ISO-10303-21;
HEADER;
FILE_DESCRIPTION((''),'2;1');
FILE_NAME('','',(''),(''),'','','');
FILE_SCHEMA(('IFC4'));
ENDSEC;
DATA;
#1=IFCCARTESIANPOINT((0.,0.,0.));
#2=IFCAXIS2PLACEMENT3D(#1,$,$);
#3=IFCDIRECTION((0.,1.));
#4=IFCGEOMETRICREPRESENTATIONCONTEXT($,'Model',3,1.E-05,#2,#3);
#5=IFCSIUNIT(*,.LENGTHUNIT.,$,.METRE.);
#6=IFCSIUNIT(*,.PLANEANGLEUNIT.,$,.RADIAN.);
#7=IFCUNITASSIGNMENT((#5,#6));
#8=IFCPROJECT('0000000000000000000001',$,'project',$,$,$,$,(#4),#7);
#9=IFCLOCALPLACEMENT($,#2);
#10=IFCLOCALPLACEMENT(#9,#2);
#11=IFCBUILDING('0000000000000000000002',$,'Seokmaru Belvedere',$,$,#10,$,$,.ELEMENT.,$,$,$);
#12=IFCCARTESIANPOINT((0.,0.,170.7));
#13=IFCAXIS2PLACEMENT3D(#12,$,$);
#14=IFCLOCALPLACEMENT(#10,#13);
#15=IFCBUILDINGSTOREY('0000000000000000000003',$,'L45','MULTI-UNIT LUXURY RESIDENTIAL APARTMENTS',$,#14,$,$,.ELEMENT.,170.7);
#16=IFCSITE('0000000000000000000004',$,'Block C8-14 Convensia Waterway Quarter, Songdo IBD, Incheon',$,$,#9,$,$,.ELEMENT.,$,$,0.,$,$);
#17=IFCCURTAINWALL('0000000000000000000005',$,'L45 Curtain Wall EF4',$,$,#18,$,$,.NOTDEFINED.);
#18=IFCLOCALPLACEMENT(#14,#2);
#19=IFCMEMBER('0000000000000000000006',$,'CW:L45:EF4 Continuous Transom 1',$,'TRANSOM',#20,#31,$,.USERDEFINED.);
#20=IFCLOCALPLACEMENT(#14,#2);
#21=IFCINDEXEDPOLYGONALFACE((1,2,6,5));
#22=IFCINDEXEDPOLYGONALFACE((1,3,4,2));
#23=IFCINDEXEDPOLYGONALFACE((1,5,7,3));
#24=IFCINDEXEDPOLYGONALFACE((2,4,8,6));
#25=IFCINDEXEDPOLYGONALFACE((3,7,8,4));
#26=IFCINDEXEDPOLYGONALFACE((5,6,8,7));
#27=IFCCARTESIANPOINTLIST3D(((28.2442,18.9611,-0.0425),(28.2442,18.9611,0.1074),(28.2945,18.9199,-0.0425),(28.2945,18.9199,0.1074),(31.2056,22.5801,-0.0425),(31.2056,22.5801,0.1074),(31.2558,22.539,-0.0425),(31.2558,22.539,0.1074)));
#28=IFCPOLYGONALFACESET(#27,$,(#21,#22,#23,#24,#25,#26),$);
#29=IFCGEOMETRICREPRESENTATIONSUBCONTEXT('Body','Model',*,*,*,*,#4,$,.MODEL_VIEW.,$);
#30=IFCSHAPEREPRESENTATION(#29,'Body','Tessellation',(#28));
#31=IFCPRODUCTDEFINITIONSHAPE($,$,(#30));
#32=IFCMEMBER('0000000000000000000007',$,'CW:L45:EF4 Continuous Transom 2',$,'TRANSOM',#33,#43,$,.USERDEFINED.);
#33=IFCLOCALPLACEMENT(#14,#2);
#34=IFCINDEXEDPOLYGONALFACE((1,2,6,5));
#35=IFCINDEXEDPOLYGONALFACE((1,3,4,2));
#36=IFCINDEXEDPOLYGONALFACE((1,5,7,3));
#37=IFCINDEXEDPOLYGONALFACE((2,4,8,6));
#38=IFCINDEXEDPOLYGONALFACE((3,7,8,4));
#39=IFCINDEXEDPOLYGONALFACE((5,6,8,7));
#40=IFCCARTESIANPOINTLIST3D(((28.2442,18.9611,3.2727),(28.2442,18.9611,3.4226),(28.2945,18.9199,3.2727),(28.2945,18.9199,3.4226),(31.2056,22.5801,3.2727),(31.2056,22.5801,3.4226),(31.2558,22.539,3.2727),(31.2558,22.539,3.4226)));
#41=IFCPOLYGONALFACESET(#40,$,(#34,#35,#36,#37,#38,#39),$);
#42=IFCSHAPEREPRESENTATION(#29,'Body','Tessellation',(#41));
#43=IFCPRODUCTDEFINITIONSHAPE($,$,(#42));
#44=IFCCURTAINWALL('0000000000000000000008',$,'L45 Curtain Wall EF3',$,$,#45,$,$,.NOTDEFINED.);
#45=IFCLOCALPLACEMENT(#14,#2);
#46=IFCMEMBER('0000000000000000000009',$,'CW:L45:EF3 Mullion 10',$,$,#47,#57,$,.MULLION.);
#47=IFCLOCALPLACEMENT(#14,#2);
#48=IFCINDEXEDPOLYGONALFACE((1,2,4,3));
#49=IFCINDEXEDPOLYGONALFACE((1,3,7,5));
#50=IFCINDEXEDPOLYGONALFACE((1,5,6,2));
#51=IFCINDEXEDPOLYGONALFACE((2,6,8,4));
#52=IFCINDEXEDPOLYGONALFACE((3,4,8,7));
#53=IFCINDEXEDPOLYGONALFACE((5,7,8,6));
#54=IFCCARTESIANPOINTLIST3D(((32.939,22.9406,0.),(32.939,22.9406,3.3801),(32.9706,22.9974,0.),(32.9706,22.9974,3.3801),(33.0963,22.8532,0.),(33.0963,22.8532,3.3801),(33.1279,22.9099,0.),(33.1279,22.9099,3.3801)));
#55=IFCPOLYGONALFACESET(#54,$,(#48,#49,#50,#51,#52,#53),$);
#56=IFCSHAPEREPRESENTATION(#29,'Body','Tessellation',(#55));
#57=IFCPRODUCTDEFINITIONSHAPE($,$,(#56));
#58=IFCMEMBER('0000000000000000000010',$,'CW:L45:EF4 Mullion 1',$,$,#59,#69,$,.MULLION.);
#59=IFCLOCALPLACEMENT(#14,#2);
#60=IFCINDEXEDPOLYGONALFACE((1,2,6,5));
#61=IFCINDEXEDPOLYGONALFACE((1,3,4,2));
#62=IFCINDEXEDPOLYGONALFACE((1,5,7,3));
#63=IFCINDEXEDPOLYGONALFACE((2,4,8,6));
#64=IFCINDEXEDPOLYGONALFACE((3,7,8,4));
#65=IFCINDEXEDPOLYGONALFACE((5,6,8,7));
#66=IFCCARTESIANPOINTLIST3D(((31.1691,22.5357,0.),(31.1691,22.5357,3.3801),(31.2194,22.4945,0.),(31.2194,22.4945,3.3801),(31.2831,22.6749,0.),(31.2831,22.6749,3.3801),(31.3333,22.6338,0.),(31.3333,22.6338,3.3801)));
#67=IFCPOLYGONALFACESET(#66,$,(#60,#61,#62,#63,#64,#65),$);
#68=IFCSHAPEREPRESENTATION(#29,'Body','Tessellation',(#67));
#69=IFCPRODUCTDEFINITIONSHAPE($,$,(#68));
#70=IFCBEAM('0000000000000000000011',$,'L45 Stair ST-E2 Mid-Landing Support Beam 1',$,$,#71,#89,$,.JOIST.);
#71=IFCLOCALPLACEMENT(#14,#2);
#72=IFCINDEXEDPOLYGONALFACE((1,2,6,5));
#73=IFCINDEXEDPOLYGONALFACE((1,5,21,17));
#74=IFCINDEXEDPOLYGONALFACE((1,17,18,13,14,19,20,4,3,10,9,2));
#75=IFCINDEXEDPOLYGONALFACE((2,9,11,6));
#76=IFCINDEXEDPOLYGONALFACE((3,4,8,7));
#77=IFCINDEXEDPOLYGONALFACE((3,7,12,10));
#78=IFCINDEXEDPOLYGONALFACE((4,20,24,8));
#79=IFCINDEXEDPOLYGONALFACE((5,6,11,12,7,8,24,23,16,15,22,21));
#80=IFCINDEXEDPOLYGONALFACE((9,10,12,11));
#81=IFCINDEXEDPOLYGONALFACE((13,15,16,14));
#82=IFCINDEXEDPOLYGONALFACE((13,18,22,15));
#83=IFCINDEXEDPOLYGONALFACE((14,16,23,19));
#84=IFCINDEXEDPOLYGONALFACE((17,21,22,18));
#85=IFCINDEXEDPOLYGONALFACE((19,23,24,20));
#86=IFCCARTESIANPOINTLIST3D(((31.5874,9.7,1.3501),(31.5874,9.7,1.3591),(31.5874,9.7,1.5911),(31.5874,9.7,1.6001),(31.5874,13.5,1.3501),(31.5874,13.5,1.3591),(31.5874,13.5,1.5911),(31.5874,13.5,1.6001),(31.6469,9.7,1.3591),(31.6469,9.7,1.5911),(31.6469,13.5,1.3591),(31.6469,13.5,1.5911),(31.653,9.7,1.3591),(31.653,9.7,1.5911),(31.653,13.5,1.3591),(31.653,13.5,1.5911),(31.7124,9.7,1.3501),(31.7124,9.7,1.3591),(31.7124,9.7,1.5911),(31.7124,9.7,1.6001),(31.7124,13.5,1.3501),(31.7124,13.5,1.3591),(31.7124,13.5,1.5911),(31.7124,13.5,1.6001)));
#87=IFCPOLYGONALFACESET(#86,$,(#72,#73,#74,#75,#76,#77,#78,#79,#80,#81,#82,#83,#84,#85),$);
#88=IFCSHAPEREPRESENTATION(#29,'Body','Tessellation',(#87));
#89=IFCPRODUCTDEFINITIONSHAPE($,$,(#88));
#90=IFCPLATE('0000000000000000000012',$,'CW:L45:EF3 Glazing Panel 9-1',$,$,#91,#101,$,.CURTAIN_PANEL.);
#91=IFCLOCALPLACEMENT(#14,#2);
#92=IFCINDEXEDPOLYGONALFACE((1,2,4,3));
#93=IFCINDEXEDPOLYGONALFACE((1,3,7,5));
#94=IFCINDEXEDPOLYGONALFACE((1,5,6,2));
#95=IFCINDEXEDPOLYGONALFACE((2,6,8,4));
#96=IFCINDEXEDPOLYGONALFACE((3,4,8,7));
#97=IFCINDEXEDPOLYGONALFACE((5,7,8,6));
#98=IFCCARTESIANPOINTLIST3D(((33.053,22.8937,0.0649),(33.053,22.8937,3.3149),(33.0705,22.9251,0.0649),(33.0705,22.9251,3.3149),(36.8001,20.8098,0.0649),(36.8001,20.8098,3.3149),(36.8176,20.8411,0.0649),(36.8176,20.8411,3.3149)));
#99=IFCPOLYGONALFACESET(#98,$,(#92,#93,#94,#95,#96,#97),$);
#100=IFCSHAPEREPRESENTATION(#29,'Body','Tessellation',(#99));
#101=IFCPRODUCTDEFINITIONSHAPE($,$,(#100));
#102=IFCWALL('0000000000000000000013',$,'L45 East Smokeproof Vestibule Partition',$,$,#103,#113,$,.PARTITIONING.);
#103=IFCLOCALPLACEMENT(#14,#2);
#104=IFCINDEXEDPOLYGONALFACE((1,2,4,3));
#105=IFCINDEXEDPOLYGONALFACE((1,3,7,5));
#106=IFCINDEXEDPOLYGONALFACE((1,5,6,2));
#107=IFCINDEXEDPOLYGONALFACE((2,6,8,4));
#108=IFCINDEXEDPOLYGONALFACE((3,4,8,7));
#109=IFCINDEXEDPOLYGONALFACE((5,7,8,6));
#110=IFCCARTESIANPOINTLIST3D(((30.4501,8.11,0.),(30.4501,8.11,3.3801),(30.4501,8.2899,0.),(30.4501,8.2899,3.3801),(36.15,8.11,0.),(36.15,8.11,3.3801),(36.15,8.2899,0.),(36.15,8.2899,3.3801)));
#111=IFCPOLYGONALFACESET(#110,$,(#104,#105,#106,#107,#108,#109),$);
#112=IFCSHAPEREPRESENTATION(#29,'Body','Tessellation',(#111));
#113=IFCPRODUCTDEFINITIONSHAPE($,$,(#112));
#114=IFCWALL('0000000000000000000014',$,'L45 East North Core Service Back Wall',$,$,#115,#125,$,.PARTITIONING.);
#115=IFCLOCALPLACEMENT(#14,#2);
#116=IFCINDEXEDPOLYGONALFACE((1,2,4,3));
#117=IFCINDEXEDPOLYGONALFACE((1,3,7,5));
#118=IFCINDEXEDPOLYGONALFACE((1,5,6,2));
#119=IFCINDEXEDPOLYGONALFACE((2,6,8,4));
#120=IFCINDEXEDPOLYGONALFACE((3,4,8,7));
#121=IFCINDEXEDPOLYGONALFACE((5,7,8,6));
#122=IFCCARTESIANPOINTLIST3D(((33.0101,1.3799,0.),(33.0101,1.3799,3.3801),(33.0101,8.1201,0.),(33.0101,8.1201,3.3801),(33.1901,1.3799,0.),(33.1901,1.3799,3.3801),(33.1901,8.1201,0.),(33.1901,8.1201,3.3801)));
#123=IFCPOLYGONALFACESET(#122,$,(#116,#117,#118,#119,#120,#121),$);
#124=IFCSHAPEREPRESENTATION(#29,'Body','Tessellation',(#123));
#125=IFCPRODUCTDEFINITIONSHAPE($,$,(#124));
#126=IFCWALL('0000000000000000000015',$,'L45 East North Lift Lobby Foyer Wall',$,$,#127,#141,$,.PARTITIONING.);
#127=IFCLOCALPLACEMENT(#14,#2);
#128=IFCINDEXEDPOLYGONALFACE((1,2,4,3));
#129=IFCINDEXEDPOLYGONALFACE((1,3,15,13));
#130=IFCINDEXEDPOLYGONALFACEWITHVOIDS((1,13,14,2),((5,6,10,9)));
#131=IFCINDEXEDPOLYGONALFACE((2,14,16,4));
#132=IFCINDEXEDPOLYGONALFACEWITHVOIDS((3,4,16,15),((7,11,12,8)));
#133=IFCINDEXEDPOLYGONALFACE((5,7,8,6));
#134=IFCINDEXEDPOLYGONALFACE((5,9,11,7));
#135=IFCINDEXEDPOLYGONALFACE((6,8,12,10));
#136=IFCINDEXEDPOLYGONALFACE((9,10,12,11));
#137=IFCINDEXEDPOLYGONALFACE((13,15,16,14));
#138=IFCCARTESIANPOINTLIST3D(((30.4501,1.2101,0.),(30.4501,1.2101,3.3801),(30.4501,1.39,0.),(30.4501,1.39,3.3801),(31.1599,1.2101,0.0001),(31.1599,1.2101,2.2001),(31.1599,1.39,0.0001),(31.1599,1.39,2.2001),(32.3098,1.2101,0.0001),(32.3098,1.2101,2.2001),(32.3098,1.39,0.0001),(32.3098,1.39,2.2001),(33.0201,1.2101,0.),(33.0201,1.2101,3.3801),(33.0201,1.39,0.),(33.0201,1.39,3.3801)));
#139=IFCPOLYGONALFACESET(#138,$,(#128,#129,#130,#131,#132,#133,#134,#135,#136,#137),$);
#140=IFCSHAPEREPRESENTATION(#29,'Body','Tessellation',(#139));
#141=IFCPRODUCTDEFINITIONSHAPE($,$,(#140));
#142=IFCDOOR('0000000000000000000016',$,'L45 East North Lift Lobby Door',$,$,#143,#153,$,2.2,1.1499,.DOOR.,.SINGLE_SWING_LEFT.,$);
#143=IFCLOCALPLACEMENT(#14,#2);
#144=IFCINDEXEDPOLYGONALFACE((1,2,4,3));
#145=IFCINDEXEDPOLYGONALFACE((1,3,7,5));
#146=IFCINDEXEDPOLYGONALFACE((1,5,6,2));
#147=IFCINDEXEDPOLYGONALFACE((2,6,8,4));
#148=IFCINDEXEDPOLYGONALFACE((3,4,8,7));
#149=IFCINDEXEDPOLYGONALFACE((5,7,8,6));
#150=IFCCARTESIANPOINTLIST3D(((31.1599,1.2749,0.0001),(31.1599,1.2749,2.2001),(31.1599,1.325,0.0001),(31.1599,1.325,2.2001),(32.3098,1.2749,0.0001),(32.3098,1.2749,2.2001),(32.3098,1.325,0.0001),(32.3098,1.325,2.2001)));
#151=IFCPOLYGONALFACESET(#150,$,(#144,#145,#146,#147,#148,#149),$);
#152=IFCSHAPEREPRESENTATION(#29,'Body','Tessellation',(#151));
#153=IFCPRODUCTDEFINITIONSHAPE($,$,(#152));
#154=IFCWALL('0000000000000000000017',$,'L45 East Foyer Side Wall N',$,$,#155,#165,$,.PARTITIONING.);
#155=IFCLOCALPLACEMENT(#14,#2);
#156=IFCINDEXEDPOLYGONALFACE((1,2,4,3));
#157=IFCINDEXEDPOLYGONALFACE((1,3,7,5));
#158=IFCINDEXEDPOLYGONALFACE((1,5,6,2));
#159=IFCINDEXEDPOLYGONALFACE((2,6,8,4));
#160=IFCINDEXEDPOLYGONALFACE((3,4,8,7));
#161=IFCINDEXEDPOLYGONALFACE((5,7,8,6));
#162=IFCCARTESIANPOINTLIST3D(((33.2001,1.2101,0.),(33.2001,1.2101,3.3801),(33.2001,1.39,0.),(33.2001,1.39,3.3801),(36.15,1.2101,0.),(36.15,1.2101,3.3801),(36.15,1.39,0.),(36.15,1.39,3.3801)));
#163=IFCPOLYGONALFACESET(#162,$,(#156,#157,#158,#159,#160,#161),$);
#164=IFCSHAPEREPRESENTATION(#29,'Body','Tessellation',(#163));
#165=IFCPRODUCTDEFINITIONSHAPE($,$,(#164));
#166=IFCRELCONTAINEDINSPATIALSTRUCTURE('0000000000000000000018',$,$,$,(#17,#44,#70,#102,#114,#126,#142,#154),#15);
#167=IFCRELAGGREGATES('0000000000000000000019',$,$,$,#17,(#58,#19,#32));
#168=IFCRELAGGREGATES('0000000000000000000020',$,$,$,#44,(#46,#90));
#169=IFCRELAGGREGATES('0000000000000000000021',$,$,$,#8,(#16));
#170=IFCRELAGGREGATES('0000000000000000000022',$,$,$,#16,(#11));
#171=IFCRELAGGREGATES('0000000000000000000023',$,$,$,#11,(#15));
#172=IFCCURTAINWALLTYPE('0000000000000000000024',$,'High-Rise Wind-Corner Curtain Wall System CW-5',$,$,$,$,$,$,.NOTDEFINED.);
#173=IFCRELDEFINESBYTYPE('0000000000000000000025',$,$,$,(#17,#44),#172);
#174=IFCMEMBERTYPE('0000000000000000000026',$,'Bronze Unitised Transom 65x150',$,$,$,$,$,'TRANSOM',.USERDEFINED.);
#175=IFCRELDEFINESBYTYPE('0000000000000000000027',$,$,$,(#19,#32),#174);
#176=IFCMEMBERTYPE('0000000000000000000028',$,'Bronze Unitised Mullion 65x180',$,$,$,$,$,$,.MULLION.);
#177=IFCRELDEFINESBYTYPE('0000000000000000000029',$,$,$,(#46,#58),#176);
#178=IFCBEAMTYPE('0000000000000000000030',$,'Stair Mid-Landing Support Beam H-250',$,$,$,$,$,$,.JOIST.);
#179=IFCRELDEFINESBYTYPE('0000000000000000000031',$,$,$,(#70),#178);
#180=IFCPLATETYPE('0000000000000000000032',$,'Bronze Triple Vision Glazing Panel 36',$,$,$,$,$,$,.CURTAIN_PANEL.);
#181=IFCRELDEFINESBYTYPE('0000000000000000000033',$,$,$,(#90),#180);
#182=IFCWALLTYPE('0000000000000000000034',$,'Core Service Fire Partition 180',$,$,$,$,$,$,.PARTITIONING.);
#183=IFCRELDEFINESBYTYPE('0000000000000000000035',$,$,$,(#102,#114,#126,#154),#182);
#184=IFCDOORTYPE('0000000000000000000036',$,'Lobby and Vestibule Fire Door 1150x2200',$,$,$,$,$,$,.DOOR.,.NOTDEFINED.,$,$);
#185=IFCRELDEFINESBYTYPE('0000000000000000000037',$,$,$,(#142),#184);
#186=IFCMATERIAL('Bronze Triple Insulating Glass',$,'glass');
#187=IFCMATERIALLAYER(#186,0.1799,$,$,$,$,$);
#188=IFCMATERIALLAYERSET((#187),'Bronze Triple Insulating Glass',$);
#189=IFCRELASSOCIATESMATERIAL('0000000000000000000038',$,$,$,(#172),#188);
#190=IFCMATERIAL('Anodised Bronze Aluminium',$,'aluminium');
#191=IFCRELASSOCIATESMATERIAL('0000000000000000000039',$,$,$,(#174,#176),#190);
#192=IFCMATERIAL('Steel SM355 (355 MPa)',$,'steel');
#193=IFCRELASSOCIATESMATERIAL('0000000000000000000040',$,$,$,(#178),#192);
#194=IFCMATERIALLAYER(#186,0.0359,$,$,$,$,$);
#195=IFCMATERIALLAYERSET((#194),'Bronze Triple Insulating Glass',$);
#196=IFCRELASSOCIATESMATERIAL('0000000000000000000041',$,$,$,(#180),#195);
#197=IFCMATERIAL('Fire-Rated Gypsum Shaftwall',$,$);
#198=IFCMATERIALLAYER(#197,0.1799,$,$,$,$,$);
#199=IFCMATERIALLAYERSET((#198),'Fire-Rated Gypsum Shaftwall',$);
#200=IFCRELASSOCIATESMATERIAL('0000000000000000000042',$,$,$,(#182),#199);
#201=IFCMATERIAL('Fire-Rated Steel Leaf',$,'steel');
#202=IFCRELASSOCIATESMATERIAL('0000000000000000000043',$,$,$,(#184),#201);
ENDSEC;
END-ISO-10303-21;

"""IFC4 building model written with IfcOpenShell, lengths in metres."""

from ifc_helpers import new_model, si_unit, direction, frame, frame_2d, origin, origin_2d, place, context, subcontext, project, spatial, rectangle, i_section, extrude, source, transform, mapped, material, layer, layer_set, material_profile, profile_set, type_object, type_shapes, element, fill, aggregate, save


model = new_model("IFC4")

# Units and contexts
model_context = context("Model", 3, precision=1e-05, world=origin(), true_north=direction((0.0, 1.0)))
body_context = subcontext(model_context, "Body", "Model", "MODEL_VIEW")
ifc_project = project(units=[si_unit("LENGTHUNIT", "METRE"), si_unit("PLANEANGLEUNIT", "RADIAN")], contexts=[model_context])

# Site, building, storey
site_placement = place(None, origin())
site = spatial("IfcSite", under=ifc_project, at=site_placement, Name="Block C8-14 Convensia Waterway Quarter, Songdo IBD, Incheon", CompositionType="ELEMENT", RefElevation=0.0)
building_placement = place(site_placement, origin())
building = spatial("IfcBuilding", under=site, at=building_placement, Name="Seokmaru Belvedere", CompositionType="ELEMENT")
storey_placement = place(building_placement, frame((0.0, 0.0, 170.7)))
storey = spatial("IfcBuildingStorey", under=building, at=storey_placement, Name="L45", Description="MULTI-UNIT LUXURY RESIDENTIAL APARTMENTS", CompositionType="ELEMENT", Elevation=170.7)

# Shared definitions
ifc_material_1 = material(Name="Steel SM355 (355 MPa)", Category="steel")

# Curtain wall, members
ifc_material_2 = material(Name="Bronze Triple Insulating Glass", Category="glass")
ifc_layer_1 = layer(ifc_material_2, 0.1799)
ifc_layer_set_1 = layer_set([ifc_layer_1], Name="Bronze Triple Insulating Glass")
curtain_wall_type = type_object("IfcCurtainWallType", Name="High-Rise Wind-Corner Curtain Wall System CW-5", PredefinedType="NOTDEFINED", material=ifc_layer_set_1)
curtain_wall_1_placement = place(storey_placement, origin())
curtain_wall_1 = element("IfcCurtainWall", 1, at=curtain_wall_1_placement, inside=storey, type_object=curtain_wall_type, Name="L45 Curtain Wall EF4", PredefinedType="NOTDEFINED")
ifc_material_3 = material(Name="Anodised Bronze Aluminium", Category="aluminium")
ifc_material_profile_1 = material_profile(ifc_material_3, rectangle(XDim=0.0649, YDim=0.1499, at=origin_2d()), Name="CW-T-65x150")
ifc_profile_set_1 = profile_set([ifc_material_profile_1], Name="Anodised Bronze Aluminium")
member_type_1 = type_object("IfcMemberType", Name="Bronze Unitised Transom 65x150", ElementType="TRANSOM", PredefinedType="USERDEFINED", material=ifc_profile_set_1)
shared_shape_1 = source(origin(), body_context, "Body", "SweptSolid", [
    extrude(rectangle(XDim=0.0649, YDim=0.1499, at=origin_2d()), origin(), (0.0, 0.0, 1.0), 4.6763),
])
type_shapes(member_type_1, [shared_shape_1])
member_1_placement = place(storey_placement, frame((31.2307, 22.5596, 0.0325), z_axis=(-0.633278, -0.773925, 0.0), x_axis=(0.773925, -0.633278, 0.0)))
member_1 = element("IfcMember", 2, at=member_1_placement, type_object=member_type_1, Name="CW:L45:EF4 Continuous Transom 1", ObjectType="TRANSOM", PredefinedType="USERDEFINED", context=body_context, shape_type="MappedRepresentation", body=[
    mapped(shared_shape_1, transform((0.0, 0.0, 0.0), scale=1.0)),
])
member_2_placement = place(storey_placement, frame((31.2307, 22.5596, 3.3477), z_axis=(-0.633278, -0.773925, 0.0), x_axis=(0.773925, -0.633278, 0.0)))
member_2 = element("IfcMember", 3, at=member_2_placement, type_object=member_type_1, Name="CW:L45:EF4 Continuous Transom 2", ObjectType="TRANSOM", PredefinedType="USERDEFINED", context=body_context, shape_type="MappedRepresentation", body=[
    mapped(shared_shape_1, transform((0.0, 0.0, 0.0), scale=1.0)),
])

# Curtain wall, member
curtain_wall_2_placement = place(storey_placement, origin())
curtain_wall_2 = element("IfcCurtainWall", 4, at=curtain_wall_2_placement, inside=storey, type_object=curtain_wall_type, Name="L45 Curtain Wall EF3", PredefinedType="NOTDEFINED")
ifc_material_profile_2 = material_profile(ifc_material_3, rectangle(XDim=0.0649, YDim=0.1799, at=origin_2d()), Name="CW-M-65x180")
ifc_profile_set_2 = profile_set([ifc_material_profile_2], Name="Anodised Bronze Aluminium")
member_type_2 = type_object("IfcMemberType", Name="Bronze Unitised Mullion 65x180", PredefinedType="MULLION", material=ifc_profile_set_2)
shared_shape_2 = source(origin(), body_context, "Body", "SweptSolid", [
    extrude(rectangle(XDim=0.0649, YDim=0.1799, at=origin_2d()), origin(), (0.0, 0.0, 1.0), 3.3801),
])
type_shapes(member_type_2, [shared_shape_2])
member_3_placement = place(storey_placement, frame((33.0334, 22.9253, 0.0), z_axis=(0.0, 0.0, 1.0), x_axis=(-0.486047, -0.873933, 0.0)))
member_3 = element("IfcMember", 5, at=member_3_placement, type_object=member_type_2, Name="CW:L45:EF3 Mullion 10", PredefinedType="MULLION", context=body_context, shape_type="MappedRepresentation", body=[
    mapped(shared_shape_2, transform((0.0, 0.0, 0.0), scale=1.0)),
])

# Member
member_4_placement = place(storey_placement, frame((31.2512, 22.5847, 0.0), z_axis=(0.0, 0.0, 1.0), x_axis=(0.773944, -0.633254, 0.0)))
member_4 = element("IfcMember", 6, at=member_4_placement, type_object=member_type_2, Name="CW:L45:EF4 Mullion 1", PredefinedType="MULLION", context=body_context, shape_type="MappedRepresentation", body=[
    mapped(shared_shape_2, transform((0.0, 0.0, 0.0), scale=1.0)),
])
aggregate(curtain_wall_1, [member_4, member_1, member_2])

# Beam
ifc_material_profile_3 = material_profile(ifc_material_1, i_section(OverallWidth=0.125, OverallDepth=0.25, WebThickness=0.0061, FlangeThickness=0.009, at=origin_2d()), Name="H-250x125x6x9")
ifc_profile_set_3 = profile_set([ifc_material_profile_3], Name="Steel SM355 (355 MPa)")
beam_type_1 = type_object("IfcBeamType", Name="Stair Mid-Landing Support Beam H-250", PredefinedType="JOIST", material=ifc_profile_set_3)
shared_shape_3 = source(origin(), body_context, "Body", "SweptSolid", [
    extrude(i_section(OverallWidth=0.125, OverallDepth=0.25, WebThickness=0.0061, FlangeThickness=0.009, at=origin_2d()), origin(), (0.0, 0.0, 1.0), 3.8),
])
type_shapes(beam_type_1, [shared_shape_3])
beam_1_placement = place(storey_placement, frame((31.6499, 9.7, 1.4751), z_axis=(0.0, 1.0, 0.0), x_axis=(-1.0, 0.0, 0.0)))
element("IfcBeam", 7, at=beam_1_placement, inside=storey, type_object=beam_type_1, Name="L45 Stair ST-E2 Mid-Landing Support Beam 1", PredefinedType="JOIST", context=body_context, shape_type="MappedRepresentation", body=[
    mapped(shared_shape_3, transform((0.0, 0.0, 0.0), scale=1.0)),
])

# Plate
ifc_layer_2 = layer(ifc_material_2, 0.0359)
ifc_layer_set_2 = layer_set([ifc_layer_2], Name="Bronze Triple Insulating Glass")
plate_type = type_object("IfcPlateType", Name="Bronze Triple Vision Glazing Panel 36", PredefinedType="CURTAIN_PANEL", material=ifc_layer_set_2)
shared_shape_4 = source(origin(), body_context, "Body", "SweptSolid", [
    extrude(rectangle(XDim=4.2876, YDim=0.0359, at=origin_2d()), origin(), (0.0, 0.0, 1.0), 3.25),
])
type_shapes(plate_type, [shared_shape_4])
plate_placement = place(storey_placement, frame((34.9353, 21.8674, 0.0649), z_axis=(0.0, 0.0, 1.0), x_axis=(-0.873933, 0.486047, 0.0)))
plate = element("IfcPlate", 8, at=plate_placement, type_object=plate_type, Name="CW:L45:EF3 Glazing Panel 9-1", PredefinedType="CURTAIN_PANEL", context=body_context, shape_type="MappedRepresentation", body=[
    mapped(shared_shape_4, transform((0.0, 0.0, 0.0), scale=1.0)),
])
aggregate(curtain_wall_2, [member_3, plate])

# Walls
ifc_material_4 = material(Name="Fire-Rated Gypsum Shaftwall")
ifc_layer_3 = layer(ifc_material_4, 0.1799)
ifc_layer_set_3 = layer_set([ifc_layer_3], Name="Fire-Rated Gypsum Shaftwall")
wall_type_1 = type_object("IfcWallType", Name="Core Service Fire Partition 180", PredefinedType="PARTITIONING", material=ifc_layer_set_3)
wall_1_placement = place(storey_placement, frame((30.45, 8.2, 0.0), z_axis=(0.0, 0.0, 1.0), x_axis=(1.0, 0.0, 0.0)))
element("IfcWall", 9, at=wall_1_placement, inside=storey, type_object=wall_type_1, Name="L45 East Smokeproof Vestibule Partition", PredefinedType="PARTITIONING", context=body_context, shape_type="SweptSolid", body=[
    extrude(rectangle(XDim=5.7, YDim=0.1799, at=frame_2d((2.8501, 0.0))), origin(), (0.0, 0.0, 1.0), 3.3801),
])
wall_2_placement = place(storey_placement, frame((33.1001, 1.3799, 0.0), z_axis=(0.0, 0.0, 1.0), x_axis=(0.0, 1.0, 0.0)))
element("IfcWall", 10, at=wall_2_placement, inside=storey, type_object=wall_type_1, Name="L45 East North Core Service Back Wall", PredefinedType="PARTITIONING", context=body_context, shape_type="SweptSolid", body=[
    extrude(rectangle(XDim=6.7402, YDim=0.1799, at=frame_2d((3.3701, 0.0))), origin(), (0.0, 0.0, 1.0), 3.3801),
])

# Wall, opening, door
wall_3_placement = place(storey_placement, frame((30.45, 1.3, 0.0), z_axis=(0.0, 0.0, 1.0), x_axis=(1.0, 0.0, 0.0)))
wall_3 = element("IfcWall", 11, at=wall_3_placement, inside=storey, type_object=wall_type_1, Name="L45 East North Lift Lobby Foyer Wall", PredefinedType="PARTITIONING", context=body_context, shape_type="SweptSolid", body=[
    extrude(rectangle(XDim=2.5701, YDim=0.1799, at=frame_2d((1.2852, 0.0))), origin(), (0.0, 0.0, 1.0), 3.3801),
])
opening_1_placement = place(wall_3_placement, frame((0.71, 0.0, 0.0)))
opening_1 = element("IfcOpeningElement", 12, at=opening_1_placement, cuts=wall_3, PredefinedType="OPENING", context=body_context, shape_type="SweptSolid", body=[
    extrude(rectangle(XDim=1.1499, YDim=2.2, at=frame_2d((0.575, 1.1001))), frame((0.0, 0.1001, 0.0), z_axis=(0.0, -1.0, 0.0), x_axis=(1.0, 0.0, 0.0)), (0.0, 0.0, 1.0), 0.2),
])
ifc_material_5 = material(Name="Fire-Rated Steel Leaf", Category="steel")
door_type_1 = type_object("IfcDoorType", Name="Lobby and Vestibule Fire Door 1150x2200", OperationType="NOTDEFINED", PredefinedType="DOOR", material=ifc_material_5)
shared_shape_5 = source(origin(), body_context, "Body", "SweptSolid", [
    extrude(rectangle(XDim=1.1499, YDim=2.2, at=frame_2d((0.575, 1.1001))), frame((0.0, 0.0249, 0.0), z_axis=(0.0, -1.0, 0.0), x_axis=(1.0, 0.0, 0.0)), (0.0, 0.0, 1.0), 0.05),
])
type_shapes(door_type_1, [shared_shape_5])
door_1_placement = place(opening_1_placement, origin())
door_1 = element("IfcDoor", 13, at=door_1_placement, inside=storey, type_object=door_type_1, Name="L45 East North Lift Lobby Door", OperationType="SINGLE_SWING_LEFT", OverallHeight=2.2, OverallWidth=1.1499, PredefinedType="DOOR", context=body_context, shape_type="MappedRepresentation", body=[
    mapped(shared_shape_5, transform((0.0, 0.0, 0.0), scale=1.0)),
])
fill(opening_1, door_1)

# Wall
wall_4_placement = place(storey_placement, frame((33.2, 1.3, 0.0), z_axis=(0.0, 0.0, 1.0), x_axis=(1.0, 0.0, 0.0)))
element("IfcWall", 14, at=wall_4_placement, inside=storey, type_object=wall_type_1, Name="L45 East Foyer Side Wall N", PredefinedType="PARTITIONING", context=body_context, shape_type="SweptSolid", body=[
    extrude(rectangle(XDim=2.95, YDim=0.1799, at=frame_2d((1.4751, 0.0))), origin(), (0.0, 0.0, 1.0), 3.3801),
])

save(model, "model.ifc")
